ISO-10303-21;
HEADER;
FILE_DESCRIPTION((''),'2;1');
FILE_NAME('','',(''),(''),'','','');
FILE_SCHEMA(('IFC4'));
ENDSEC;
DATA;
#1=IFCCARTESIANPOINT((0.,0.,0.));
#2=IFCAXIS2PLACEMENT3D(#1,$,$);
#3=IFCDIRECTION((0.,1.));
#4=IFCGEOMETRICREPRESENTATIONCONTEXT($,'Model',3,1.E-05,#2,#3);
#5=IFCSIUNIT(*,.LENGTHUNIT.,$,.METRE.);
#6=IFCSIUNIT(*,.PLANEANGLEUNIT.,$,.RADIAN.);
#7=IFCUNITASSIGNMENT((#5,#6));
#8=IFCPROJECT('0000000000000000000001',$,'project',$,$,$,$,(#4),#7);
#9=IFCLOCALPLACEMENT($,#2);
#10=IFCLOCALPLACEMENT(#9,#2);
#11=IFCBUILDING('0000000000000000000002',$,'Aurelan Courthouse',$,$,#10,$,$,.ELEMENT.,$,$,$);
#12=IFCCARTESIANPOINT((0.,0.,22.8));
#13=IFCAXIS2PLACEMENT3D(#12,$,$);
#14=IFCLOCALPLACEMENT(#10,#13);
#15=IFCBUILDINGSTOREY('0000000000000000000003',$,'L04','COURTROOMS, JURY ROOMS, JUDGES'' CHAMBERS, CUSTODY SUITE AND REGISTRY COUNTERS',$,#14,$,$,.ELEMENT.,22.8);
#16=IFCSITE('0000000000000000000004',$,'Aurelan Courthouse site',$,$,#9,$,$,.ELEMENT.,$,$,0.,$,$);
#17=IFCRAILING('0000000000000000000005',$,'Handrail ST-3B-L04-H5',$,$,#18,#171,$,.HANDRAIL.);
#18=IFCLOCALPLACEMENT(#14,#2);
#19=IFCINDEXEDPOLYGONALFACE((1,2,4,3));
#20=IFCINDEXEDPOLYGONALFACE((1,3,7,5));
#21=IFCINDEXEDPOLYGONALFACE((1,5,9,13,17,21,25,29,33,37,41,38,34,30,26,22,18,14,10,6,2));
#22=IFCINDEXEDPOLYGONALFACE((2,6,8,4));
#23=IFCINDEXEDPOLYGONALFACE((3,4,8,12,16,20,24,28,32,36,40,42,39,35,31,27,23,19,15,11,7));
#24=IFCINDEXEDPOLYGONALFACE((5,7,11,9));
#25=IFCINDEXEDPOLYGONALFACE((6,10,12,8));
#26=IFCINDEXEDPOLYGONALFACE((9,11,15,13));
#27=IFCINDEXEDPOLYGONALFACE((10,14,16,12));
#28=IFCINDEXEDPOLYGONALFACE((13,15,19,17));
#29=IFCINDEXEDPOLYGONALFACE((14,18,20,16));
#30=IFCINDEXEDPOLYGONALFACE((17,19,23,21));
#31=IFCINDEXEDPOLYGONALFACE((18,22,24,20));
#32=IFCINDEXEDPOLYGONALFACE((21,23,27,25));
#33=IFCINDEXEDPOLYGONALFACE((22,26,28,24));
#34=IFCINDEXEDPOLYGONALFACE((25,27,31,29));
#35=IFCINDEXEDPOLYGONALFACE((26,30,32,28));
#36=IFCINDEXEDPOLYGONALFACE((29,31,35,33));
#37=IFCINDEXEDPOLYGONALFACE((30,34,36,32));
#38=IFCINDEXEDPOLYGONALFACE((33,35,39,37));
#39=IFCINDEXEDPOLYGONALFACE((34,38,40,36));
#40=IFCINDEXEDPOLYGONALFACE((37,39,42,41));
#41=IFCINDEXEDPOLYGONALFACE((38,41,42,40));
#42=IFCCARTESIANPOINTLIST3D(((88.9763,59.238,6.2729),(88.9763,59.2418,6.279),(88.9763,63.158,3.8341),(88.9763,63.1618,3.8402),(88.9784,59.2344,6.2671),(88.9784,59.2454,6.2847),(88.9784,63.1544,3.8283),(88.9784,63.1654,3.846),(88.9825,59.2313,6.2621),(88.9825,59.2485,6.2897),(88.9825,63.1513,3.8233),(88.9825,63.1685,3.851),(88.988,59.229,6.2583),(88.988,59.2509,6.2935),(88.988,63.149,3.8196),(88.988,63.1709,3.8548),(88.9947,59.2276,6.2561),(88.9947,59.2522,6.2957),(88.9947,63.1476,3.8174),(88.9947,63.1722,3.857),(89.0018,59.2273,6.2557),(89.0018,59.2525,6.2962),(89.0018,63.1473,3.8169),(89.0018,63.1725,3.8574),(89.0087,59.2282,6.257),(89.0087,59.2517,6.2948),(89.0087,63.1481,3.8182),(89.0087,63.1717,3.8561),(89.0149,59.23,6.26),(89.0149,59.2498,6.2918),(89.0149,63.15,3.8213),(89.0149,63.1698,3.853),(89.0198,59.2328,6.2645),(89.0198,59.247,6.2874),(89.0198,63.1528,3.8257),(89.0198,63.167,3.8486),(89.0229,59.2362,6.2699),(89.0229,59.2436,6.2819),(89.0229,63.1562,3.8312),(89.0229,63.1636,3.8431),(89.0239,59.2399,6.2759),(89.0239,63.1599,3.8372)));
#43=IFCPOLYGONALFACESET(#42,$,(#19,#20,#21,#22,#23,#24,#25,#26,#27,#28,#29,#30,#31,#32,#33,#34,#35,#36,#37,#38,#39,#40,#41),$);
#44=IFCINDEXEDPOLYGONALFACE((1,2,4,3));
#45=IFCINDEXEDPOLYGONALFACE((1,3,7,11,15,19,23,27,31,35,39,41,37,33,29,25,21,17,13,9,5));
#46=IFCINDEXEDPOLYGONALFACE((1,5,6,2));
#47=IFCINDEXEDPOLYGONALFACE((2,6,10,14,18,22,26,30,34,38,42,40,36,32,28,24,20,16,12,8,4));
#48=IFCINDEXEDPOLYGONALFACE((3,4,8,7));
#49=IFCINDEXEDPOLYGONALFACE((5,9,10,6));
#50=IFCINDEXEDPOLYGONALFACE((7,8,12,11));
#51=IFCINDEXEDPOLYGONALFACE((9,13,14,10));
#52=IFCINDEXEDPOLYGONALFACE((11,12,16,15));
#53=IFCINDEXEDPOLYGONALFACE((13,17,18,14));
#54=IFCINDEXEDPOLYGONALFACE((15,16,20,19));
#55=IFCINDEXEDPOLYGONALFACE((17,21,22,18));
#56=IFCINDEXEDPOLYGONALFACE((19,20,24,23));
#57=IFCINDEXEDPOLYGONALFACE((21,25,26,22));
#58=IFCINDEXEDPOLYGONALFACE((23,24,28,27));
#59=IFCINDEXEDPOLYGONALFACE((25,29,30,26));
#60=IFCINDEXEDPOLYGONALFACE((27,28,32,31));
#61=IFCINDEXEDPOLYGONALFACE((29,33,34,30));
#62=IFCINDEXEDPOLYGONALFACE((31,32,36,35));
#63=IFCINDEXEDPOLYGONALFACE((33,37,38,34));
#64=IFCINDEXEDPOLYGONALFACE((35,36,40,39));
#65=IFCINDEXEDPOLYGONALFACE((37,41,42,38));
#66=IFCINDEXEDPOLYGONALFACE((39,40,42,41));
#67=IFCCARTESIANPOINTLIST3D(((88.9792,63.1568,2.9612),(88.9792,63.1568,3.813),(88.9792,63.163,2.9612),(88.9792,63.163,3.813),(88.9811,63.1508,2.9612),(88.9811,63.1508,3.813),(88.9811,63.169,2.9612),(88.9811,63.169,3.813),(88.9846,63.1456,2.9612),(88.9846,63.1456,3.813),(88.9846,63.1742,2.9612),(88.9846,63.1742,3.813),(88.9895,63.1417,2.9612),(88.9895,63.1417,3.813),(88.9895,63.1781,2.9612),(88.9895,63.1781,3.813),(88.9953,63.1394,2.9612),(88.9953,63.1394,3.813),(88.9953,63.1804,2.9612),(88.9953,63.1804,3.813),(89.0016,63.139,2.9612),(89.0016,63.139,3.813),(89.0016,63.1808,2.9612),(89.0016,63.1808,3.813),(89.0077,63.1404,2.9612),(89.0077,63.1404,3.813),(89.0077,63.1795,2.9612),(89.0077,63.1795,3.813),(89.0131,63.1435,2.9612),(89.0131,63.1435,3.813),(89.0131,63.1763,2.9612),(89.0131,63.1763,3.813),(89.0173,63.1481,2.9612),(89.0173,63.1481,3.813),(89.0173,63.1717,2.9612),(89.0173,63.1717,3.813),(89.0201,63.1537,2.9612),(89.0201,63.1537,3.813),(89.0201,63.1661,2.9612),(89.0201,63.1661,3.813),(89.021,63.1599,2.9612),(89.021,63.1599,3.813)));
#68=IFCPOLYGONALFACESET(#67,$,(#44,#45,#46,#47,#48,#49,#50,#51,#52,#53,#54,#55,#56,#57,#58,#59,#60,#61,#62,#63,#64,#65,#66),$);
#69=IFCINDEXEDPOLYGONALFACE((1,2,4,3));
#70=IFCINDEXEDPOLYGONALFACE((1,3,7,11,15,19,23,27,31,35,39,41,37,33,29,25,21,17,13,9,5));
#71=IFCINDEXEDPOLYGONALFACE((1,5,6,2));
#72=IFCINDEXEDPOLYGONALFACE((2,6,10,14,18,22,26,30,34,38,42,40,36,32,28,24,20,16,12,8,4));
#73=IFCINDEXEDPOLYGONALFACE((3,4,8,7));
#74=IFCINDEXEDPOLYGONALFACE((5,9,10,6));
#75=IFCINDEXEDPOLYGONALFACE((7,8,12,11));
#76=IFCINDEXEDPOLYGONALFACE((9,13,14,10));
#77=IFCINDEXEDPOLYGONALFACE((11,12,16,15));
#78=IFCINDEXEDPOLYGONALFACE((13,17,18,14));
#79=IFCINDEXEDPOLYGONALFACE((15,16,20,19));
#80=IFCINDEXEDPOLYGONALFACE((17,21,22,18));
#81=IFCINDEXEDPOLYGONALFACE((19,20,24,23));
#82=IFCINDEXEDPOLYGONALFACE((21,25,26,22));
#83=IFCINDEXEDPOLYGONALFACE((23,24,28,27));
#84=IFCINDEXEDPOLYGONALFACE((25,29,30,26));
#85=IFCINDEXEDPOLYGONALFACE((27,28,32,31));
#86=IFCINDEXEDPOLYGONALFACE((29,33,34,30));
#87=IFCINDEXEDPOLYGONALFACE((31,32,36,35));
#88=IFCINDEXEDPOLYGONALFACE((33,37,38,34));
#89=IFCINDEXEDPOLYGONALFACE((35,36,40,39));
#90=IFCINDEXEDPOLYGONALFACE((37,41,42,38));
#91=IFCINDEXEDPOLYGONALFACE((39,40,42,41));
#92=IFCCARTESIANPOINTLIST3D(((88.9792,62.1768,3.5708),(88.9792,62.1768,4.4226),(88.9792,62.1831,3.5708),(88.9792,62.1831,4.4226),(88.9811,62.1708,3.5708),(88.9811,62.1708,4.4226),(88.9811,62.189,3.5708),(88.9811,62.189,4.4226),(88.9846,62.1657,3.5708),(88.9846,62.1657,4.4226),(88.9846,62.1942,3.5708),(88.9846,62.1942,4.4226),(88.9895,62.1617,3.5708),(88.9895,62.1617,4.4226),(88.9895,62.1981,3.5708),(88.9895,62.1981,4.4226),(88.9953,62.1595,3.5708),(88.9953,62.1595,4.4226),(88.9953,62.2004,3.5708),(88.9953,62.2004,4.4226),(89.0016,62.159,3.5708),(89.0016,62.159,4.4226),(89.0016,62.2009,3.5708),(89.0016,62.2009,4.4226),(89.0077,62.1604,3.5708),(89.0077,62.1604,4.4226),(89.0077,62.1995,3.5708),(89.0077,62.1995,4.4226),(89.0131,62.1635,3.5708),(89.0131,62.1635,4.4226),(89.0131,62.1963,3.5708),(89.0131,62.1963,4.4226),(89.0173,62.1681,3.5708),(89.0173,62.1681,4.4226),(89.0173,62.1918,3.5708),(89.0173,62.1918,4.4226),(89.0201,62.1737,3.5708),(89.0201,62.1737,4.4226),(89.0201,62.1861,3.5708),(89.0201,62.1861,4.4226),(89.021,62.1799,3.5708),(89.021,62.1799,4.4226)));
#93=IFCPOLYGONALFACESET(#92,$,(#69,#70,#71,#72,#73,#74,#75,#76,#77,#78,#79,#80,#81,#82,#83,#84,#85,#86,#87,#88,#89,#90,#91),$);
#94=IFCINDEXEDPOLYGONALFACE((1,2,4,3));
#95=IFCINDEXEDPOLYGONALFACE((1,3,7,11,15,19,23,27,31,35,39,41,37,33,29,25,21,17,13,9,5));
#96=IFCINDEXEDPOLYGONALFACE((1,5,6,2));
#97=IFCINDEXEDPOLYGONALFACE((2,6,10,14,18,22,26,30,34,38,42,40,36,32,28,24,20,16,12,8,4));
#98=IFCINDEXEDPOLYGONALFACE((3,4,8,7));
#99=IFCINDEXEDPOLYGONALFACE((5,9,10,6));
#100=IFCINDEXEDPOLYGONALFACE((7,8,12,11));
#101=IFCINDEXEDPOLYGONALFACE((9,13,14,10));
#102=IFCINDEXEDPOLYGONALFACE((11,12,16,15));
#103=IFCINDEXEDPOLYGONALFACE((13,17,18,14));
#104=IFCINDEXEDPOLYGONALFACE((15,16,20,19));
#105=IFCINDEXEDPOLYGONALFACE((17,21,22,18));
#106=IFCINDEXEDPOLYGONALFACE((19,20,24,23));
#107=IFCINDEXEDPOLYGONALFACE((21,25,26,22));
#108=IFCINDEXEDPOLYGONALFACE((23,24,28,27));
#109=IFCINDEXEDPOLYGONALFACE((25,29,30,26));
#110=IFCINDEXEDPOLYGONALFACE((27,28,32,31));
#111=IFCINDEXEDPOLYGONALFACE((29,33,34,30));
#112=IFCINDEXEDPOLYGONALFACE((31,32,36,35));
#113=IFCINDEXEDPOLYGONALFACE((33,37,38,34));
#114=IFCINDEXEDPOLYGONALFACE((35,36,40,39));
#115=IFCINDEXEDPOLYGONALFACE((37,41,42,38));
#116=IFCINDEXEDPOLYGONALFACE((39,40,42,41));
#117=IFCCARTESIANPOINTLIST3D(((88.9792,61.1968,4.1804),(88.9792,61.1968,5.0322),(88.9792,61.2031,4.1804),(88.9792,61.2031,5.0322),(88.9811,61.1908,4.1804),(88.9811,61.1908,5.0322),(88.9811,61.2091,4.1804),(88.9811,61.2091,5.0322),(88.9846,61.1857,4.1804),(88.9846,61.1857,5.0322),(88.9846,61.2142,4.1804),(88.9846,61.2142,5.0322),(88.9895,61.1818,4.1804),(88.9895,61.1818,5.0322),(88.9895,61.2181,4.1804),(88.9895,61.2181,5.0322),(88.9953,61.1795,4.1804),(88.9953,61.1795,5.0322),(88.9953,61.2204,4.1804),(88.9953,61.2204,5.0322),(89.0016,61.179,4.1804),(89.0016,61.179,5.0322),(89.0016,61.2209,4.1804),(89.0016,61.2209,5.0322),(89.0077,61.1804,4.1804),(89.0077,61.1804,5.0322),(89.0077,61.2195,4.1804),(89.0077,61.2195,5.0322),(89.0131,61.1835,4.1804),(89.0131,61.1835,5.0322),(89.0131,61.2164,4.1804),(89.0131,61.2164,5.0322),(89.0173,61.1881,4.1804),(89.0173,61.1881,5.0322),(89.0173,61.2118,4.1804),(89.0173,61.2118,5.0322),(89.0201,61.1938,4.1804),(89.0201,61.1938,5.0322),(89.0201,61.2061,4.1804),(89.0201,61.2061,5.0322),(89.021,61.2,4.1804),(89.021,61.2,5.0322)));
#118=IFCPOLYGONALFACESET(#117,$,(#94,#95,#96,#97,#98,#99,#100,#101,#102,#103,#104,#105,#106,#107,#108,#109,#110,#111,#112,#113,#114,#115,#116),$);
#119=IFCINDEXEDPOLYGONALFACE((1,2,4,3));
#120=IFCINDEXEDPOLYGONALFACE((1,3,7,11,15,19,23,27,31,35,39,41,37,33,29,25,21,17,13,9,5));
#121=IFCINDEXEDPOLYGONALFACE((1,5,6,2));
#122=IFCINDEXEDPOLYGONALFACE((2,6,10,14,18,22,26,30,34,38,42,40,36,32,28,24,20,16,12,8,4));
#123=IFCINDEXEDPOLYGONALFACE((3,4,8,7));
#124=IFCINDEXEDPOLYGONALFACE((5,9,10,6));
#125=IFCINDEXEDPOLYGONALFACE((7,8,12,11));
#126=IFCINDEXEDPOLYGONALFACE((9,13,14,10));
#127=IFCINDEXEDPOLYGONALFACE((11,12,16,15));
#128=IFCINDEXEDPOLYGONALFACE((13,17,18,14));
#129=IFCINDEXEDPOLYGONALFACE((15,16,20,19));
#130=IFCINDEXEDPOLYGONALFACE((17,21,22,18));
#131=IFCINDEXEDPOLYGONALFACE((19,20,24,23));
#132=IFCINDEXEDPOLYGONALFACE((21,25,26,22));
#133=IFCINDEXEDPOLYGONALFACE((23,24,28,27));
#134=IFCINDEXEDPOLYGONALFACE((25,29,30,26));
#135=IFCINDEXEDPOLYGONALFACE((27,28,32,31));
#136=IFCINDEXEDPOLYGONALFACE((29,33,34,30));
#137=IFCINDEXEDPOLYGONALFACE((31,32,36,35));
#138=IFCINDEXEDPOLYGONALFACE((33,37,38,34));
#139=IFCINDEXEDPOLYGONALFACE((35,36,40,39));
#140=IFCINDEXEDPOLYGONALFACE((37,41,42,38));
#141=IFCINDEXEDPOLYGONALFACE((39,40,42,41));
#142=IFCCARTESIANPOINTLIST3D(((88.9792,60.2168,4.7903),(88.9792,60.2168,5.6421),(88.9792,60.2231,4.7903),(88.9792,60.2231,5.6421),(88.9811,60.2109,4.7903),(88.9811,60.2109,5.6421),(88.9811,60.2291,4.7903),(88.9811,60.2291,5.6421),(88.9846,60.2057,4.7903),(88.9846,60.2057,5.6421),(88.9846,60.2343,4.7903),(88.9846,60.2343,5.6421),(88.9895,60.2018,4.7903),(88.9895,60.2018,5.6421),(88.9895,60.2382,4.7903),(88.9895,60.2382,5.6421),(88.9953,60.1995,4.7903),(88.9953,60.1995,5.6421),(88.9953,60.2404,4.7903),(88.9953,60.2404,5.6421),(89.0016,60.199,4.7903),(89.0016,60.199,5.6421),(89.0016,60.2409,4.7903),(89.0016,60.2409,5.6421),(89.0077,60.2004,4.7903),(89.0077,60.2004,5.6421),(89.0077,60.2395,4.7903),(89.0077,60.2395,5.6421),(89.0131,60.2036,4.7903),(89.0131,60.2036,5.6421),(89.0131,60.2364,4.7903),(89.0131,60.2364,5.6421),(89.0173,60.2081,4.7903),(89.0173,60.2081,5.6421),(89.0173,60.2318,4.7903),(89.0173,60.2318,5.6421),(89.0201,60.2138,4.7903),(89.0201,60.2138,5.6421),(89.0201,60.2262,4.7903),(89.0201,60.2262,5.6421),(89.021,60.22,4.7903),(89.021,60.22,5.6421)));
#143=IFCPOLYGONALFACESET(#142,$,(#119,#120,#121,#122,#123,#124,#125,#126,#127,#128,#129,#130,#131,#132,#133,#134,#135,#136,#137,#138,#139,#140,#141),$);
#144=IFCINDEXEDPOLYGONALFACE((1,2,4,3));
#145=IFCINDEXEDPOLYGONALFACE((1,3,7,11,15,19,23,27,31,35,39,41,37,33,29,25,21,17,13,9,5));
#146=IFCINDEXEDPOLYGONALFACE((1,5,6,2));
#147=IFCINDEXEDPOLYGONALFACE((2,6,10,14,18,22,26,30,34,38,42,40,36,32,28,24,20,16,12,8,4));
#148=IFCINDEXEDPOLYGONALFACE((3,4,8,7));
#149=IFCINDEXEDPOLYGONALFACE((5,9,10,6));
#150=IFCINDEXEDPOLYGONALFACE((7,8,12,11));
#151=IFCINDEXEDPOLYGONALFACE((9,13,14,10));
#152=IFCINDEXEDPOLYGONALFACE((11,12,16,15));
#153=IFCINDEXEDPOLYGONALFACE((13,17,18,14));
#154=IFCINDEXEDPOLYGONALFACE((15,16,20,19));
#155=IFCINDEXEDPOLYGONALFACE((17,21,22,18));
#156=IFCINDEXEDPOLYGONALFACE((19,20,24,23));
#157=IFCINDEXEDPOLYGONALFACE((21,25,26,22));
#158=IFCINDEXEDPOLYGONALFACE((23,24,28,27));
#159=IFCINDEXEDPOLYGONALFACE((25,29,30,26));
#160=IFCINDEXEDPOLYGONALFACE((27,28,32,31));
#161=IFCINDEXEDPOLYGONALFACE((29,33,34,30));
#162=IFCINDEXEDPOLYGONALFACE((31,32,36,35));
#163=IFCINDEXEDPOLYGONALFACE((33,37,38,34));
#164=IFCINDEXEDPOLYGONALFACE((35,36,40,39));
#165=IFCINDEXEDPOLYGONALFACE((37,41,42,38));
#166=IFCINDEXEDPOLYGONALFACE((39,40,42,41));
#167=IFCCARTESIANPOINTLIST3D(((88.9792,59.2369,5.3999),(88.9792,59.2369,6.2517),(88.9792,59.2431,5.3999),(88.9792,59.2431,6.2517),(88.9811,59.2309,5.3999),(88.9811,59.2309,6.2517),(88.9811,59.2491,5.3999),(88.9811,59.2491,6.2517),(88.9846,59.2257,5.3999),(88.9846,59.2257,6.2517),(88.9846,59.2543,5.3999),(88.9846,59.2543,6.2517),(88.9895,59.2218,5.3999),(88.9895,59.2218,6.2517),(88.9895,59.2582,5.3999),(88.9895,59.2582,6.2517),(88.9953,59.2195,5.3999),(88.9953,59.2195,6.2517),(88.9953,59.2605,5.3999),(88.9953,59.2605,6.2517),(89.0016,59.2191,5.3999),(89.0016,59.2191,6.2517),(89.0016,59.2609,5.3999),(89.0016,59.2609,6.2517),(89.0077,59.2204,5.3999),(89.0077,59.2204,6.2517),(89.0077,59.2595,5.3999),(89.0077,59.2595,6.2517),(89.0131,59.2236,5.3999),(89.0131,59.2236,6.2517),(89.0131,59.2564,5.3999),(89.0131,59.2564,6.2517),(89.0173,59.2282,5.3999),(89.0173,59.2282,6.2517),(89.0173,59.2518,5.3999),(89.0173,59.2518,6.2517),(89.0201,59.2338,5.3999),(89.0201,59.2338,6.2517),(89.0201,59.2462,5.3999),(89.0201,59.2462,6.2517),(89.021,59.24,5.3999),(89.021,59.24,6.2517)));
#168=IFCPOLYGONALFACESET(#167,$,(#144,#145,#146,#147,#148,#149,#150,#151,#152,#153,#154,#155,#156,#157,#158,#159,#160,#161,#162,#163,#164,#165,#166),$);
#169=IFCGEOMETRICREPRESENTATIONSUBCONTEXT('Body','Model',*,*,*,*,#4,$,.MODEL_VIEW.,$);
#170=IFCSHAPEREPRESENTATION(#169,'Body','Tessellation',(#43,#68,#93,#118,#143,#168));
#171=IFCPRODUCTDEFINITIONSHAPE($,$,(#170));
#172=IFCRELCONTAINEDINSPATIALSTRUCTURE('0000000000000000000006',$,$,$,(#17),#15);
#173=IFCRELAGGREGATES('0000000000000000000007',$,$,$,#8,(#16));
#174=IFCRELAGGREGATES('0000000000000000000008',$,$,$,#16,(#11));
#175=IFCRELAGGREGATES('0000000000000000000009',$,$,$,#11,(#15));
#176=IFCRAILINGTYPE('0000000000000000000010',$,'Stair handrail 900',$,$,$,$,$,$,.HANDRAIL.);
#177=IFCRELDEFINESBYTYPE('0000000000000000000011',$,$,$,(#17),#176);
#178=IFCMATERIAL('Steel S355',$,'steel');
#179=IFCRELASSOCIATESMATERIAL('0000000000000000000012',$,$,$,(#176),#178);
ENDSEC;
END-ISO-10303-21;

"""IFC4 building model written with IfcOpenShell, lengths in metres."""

from ifc_helpers import new_model, si_unit, direction, frame, origin, origin_2d, place, context, subcontext, project, spatial, circle, extrude, material, type_object, element, save


model = new_model("IFC4")

# Units and contexts
model_context = context("Model", 3, precision=1e-05, world=origin(), true_north=direction((0.0, 1.0)))
body_context = subcontext(model_context, "Body", "Model", "MODEL_VIEW")
ifc_project = project(units=[si_unit("LENGTHUNIT", "METRE"), si_unit("PLANEANGLEUNIT", "RADIAN")], contexts=[model_context])

# Site, building, storey
site_placement = place(None, origin())
site = spatial("IfcSite", under=ifc_project, at=site_placement, Name="Aurelan Courthouse site", CompositionType="ELEMENT", RefElevation=0.0)
building_placement = place(site_placement, origin())
building = spatial("IfcBuilding", under=site, at=building_placement, Name="Aurelan Courthouse", CompositionType="ELEMENT")
storey_placement = place(building_placement, frame((0.0, 0.0, 22.8)))
storey = spatial("IfcBuildingStorey", under=building, at=storey_placement, Name="L04", Description="COURTROOMS, JURY ROOMS, JUDGES' CHAMBERS, CUSTODY SUITE AND REGISTRY COUNTERS", CompositionType="ELEMENT", Elevation=22.8)

# Railing
ifc_material_1 = material(Name="Steel S355", Category="steel")
railing_type_1 = type_object("IfcRailingType", Name="Stair handrail 900", PredefinedType="HANDRAIL", material=ifc_material_1)
for number, where, name in (
    (1, (89.0, 63.1599, 2.9612), "Handrail ST-3B-L04-H5"),
):
    element("IfcRailing", number, at=place(storey_placement, frame(where)), inside=storey, type_object=railing_type_1, Name=name, PredefinedType="HANDRAIL", context=body_context, shape_type="SweptSolid", body=[
        extrude(circle(Radius=0.0239, at=origin_2d()), frame((0.0, 0.0, 0.876), z_axis=(0.0, -0.84909, 0.528249), x_axis=(1.0, 0.0, 0.0)), (0.0, 0.0, 1.0), 4.6167),
        extrude(circle(Radius=0.021, at=origin_2d()), origin(), (0.0, 0.0, 1.0), 0.8518),
        extrude(circle(Radius=0.021, at=origin_2d()), frame((0.0, -0.98, 0.6096)), (0.0, 0.0, 1.0), 0.8518),
        extrude(circle(Radius=0.021, at=origin_2d()), frame((0.0, -1.96, 1.2192)), (0.0, 0.0, 1.0), 0.8518),
        extrude(circle(Radius=0.021, at=origin_2d()), frame((0.0, -2.9399, 1.8291)), (0.0, 0.0, 1.0), 0.8518),
        extrude(circle(Radius=0.021, at=origin_2d()), frame((0.0, -3.9199, 2.4387)), (0.0, 0.0, 1.0), 0.8518),
    ])

save(model, "model.ifc")
